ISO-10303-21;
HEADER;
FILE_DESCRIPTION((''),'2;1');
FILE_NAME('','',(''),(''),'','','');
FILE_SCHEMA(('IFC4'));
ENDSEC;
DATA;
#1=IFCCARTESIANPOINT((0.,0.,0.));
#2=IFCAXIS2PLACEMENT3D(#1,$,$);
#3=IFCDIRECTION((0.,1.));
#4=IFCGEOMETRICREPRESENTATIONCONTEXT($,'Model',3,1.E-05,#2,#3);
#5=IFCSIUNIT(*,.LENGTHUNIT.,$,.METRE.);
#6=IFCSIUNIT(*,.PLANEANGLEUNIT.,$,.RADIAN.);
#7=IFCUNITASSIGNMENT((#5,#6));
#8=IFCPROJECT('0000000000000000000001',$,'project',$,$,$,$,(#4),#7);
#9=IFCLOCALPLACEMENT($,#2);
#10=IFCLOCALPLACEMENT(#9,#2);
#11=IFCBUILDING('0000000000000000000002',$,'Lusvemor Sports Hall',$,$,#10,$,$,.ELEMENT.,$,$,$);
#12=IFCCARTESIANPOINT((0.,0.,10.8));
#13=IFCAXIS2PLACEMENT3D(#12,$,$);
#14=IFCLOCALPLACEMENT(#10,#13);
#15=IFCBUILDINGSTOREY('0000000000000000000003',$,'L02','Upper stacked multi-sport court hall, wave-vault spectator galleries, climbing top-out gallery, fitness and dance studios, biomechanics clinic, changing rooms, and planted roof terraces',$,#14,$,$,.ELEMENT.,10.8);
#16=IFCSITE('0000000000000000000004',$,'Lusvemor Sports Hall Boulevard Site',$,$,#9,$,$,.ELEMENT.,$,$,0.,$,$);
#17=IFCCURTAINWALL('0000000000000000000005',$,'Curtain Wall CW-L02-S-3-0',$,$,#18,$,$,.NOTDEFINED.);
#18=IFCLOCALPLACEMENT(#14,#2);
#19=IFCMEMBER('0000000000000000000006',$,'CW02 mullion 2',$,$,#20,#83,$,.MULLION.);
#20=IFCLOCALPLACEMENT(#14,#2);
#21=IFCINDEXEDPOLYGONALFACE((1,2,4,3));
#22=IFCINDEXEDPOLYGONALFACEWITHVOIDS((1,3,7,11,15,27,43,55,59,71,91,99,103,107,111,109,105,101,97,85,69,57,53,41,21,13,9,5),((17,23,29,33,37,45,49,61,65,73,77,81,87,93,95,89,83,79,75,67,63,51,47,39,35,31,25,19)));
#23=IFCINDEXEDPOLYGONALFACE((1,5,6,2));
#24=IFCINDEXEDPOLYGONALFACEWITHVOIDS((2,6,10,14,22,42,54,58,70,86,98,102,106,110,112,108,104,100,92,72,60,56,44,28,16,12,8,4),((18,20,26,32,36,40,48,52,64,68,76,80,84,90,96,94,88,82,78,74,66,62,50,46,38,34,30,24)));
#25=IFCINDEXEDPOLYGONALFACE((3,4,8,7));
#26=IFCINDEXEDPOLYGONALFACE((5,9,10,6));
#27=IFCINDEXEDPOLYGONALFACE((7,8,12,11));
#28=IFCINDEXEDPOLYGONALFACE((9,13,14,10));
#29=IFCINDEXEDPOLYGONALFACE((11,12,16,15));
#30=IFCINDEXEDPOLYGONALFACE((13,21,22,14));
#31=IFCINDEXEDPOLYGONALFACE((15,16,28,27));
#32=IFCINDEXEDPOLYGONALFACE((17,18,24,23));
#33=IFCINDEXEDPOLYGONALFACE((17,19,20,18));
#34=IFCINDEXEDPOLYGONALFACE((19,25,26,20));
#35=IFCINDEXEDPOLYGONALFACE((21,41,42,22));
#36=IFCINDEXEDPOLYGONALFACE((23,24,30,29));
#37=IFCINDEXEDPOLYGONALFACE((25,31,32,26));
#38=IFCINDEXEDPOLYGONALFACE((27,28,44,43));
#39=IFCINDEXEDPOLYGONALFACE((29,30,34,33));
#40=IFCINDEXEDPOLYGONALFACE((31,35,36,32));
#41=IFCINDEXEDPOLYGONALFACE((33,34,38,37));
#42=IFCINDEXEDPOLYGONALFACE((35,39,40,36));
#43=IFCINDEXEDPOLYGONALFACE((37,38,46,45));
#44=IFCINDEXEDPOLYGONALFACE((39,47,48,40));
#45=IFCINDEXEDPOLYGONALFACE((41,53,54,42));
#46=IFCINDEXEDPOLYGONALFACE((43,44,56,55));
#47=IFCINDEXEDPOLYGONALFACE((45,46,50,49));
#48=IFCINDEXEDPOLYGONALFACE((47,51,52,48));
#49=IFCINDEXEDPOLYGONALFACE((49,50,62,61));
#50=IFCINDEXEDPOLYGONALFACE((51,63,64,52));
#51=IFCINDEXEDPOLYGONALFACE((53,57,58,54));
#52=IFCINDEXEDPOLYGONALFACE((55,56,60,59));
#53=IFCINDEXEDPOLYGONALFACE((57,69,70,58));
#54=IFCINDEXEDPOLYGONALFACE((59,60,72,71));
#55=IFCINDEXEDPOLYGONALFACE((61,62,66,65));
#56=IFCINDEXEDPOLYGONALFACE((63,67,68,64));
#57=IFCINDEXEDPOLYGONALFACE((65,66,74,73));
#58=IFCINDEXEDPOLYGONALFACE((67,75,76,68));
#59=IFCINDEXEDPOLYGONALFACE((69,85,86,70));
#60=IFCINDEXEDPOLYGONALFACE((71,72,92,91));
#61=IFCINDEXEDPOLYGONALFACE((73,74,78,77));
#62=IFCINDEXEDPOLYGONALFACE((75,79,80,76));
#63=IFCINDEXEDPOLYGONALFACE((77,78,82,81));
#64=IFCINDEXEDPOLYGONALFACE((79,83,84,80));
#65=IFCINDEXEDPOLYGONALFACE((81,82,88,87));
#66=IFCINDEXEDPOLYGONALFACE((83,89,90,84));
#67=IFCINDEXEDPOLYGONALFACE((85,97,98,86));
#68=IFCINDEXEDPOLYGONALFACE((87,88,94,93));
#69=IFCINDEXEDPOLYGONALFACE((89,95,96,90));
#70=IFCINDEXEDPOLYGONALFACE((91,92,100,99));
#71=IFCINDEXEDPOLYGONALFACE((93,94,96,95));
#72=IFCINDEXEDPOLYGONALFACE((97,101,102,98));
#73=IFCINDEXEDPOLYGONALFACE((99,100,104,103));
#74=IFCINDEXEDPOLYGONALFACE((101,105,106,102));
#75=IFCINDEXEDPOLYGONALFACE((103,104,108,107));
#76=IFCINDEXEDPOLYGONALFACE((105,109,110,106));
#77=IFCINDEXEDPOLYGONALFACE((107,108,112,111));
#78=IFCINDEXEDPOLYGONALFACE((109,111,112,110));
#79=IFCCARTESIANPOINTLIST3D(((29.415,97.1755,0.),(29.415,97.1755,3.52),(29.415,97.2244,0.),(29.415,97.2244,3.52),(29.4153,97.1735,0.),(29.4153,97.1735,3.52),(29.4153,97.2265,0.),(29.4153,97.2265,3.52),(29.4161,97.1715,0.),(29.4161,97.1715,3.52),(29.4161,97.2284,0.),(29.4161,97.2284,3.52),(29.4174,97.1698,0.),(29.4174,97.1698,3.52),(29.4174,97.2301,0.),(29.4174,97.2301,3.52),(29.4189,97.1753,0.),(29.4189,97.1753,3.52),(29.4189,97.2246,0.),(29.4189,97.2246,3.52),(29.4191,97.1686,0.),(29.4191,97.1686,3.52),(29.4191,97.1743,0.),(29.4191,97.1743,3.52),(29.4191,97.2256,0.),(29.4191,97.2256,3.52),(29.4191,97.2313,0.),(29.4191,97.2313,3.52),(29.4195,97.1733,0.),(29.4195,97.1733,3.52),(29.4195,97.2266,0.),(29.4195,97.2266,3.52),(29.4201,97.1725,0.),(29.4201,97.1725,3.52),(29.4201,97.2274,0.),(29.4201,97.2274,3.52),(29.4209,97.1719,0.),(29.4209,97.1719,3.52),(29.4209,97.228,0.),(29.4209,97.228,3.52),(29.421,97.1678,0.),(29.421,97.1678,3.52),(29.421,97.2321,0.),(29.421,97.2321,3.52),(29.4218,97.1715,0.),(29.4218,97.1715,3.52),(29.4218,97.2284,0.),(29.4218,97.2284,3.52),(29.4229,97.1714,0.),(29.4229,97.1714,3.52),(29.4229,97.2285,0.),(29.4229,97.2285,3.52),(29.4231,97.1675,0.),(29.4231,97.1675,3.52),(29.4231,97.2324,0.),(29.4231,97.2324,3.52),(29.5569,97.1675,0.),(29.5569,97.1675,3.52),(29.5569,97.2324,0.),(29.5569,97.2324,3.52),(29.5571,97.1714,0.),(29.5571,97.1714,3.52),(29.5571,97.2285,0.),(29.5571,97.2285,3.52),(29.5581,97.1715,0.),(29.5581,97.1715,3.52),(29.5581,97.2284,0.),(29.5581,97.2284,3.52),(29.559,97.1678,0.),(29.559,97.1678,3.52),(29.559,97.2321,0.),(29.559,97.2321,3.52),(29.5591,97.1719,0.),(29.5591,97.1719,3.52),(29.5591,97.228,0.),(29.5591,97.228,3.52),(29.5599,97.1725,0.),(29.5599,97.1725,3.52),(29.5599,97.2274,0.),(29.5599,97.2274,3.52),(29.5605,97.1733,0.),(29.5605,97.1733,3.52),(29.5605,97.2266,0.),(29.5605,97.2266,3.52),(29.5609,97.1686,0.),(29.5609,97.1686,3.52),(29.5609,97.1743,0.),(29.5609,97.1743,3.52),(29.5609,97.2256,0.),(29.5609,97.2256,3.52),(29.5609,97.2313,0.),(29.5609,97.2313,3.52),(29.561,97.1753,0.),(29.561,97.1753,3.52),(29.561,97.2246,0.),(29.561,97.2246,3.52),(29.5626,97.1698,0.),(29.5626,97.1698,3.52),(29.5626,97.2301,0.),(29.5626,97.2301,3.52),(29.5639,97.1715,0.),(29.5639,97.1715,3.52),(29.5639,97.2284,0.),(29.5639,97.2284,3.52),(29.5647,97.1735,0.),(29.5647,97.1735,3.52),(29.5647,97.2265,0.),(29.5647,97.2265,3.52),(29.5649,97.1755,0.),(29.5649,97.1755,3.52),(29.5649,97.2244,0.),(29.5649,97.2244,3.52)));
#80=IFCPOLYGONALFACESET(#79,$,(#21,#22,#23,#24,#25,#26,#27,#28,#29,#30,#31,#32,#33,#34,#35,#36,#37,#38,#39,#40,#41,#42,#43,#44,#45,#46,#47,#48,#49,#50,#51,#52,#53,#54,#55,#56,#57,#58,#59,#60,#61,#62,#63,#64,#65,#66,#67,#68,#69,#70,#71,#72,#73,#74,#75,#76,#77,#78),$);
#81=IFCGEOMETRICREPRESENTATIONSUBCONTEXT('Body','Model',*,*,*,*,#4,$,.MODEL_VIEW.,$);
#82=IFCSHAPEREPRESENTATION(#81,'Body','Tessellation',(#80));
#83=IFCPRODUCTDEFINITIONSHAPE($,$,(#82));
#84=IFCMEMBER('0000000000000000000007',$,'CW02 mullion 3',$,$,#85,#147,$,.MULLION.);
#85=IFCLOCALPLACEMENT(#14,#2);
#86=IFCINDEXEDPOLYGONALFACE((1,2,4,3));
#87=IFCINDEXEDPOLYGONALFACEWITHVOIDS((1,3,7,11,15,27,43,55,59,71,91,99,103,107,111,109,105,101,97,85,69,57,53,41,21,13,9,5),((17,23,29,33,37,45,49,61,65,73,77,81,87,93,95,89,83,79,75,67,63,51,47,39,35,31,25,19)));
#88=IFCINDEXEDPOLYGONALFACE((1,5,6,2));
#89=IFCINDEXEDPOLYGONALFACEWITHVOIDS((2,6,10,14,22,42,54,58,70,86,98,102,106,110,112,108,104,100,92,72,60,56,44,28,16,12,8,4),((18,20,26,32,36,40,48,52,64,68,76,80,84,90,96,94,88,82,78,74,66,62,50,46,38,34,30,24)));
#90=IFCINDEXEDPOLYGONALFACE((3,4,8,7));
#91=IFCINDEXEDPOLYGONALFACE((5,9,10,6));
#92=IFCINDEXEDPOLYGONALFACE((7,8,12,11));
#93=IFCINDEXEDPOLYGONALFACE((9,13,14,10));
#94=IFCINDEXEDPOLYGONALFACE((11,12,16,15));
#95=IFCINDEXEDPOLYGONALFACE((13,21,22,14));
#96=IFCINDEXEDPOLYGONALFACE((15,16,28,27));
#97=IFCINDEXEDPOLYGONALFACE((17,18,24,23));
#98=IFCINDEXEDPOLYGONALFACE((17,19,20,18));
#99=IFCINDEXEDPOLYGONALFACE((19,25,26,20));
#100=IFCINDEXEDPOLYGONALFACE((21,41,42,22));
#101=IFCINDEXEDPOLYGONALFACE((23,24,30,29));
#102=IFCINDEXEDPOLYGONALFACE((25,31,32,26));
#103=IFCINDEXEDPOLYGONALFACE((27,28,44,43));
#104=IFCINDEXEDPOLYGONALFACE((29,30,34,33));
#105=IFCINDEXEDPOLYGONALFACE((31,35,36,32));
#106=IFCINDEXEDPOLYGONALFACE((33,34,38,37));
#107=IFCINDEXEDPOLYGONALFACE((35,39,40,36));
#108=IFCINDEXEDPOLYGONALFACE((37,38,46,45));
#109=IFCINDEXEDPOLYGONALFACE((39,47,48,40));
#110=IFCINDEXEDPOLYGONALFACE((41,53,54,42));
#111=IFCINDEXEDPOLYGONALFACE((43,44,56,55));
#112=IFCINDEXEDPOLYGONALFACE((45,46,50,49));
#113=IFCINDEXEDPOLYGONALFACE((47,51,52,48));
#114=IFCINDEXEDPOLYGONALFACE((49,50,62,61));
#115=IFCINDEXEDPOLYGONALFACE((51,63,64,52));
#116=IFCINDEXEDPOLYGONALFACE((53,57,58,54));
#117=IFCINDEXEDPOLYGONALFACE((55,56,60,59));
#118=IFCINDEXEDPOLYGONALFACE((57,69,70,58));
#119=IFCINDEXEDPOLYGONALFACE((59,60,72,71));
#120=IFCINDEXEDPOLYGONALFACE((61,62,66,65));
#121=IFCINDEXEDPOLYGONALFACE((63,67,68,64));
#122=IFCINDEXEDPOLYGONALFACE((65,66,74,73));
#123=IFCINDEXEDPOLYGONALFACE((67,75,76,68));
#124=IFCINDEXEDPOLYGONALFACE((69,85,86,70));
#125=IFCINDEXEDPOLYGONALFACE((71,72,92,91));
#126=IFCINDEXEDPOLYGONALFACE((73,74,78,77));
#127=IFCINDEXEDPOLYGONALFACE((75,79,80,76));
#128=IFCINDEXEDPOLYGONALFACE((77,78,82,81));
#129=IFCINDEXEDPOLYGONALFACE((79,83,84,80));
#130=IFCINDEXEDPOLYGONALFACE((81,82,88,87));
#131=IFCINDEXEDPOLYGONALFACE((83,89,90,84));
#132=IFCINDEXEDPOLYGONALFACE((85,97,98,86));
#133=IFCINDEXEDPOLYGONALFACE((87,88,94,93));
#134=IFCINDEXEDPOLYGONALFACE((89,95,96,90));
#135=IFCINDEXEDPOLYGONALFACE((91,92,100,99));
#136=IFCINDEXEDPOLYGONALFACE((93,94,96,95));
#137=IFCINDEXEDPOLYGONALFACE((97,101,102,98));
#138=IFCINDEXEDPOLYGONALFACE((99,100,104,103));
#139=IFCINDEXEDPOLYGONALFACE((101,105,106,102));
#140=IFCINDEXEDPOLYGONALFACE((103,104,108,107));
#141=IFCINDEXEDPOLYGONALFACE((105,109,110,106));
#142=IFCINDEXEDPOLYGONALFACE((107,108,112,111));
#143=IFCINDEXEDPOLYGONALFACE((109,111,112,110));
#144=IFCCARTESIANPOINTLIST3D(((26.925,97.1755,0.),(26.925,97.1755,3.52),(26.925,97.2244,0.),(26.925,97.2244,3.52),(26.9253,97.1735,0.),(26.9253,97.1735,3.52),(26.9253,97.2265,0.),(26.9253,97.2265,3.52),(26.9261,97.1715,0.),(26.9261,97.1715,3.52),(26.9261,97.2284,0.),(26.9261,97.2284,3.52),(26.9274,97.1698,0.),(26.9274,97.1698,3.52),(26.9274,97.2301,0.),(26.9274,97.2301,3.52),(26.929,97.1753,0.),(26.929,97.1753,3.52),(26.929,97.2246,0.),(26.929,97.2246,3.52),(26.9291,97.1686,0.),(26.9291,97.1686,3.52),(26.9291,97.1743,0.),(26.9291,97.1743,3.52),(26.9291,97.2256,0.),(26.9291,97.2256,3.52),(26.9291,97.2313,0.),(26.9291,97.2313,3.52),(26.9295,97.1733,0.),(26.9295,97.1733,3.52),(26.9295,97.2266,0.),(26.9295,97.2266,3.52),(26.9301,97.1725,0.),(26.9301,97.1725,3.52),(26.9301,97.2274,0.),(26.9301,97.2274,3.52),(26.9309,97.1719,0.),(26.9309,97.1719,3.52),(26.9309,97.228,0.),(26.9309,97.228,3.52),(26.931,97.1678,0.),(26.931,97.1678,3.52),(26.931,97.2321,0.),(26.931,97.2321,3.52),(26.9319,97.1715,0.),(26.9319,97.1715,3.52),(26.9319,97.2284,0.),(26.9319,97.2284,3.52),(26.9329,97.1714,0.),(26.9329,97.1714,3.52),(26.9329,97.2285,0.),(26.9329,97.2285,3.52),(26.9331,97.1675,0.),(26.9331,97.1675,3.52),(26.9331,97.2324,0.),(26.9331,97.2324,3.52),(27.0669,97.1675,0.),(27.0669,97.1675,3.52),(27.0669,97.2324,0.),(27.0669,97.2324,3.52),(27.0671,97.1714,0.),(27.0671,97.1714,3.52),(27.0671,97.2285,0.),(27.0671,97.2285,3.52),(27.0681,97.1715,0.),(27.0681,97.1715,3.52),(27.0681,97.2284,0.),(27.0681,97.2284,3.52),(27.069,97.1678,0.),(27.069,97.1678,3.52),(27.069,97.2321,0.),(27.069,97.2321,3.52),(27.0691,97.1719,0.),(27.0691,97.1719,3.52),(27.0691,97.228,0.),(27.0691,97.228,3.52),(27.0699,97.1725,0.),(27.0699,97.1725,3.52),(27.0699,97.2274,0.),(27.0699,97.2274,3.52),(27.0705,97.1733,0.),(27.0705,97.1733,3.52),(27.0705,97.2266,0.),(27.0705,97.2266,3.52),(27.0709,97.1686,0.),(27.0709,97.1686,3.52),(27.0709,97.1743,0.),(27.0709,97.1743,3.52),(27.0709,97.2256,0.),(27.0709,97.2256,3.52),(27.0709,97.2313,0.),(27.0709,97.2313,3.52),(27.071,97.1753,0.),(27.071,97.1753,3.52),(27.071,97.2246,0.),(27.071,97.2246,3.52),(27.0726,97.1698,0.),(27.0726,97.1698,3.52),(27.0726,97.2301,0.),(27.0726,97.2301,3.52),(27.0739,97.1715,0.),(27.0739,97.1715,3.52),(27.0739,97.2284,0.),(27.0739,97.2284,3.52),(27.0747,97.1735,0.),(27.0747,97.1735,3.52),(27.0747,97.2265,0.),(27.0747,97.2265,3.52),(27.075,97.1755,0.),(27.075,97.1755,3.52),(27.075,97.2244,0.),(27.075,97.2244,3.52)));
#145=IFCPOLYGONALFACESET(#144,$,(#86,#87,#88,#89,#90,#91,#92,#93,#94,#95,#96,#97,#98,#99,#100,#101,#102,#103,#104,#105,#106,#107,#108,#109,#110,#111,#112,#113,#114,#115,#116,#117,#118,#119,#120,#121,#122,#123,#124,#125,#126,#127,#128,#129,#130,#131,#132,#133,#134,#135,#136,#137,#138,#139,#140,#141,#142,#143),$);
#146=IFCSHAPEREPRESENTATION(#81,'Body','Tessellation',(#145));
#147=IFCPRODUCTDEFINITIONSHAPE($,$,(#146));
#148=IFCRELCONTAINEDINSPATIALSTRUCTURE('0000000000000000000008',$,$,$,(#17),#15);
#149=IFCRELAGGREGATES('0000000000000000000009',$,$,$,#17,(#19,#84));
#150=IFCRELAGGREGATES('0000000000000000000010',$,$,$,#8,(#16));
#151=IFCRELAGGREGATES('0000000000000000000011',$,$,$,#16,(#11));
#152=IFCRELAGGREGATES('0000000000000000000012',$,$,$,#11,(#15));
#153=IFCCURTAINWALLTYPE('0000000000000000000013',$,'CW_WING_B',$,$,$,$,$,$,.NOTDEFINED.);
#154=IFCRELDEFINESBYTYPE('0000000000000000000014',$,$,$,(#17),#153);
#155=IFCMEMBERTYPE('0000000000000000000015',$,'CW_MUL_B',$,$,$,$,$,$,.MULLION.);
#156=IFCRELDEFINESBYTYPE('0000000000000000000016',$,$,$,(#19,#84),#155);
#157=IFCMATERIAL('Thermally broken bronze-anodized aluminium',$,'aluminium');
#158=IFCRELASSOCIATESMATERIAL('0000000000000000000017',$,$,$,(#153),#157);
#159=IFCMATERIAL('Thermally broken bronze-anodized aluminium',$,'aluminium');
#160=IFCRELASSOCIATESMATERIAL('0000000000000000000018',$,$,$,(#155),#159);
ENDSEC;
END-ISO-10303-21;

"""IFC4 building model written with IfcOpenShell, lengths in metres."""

from ifc_helpers import new_model, si_unit, direction, frame, origin, origin_2d, place, context, subcontext, project, spatial, hollow_rectangle, extrude, material, material_profile, profile_set, type_object, element, aggregate, save


model = new_model("IFC4")

# Units and contexts
model_context = context("Model", 3, precision=1e-05, world=origin(), true_north=direction((0.0, 1.0)))
body_context = subcontext(model_context, "Body", "Model", "MODEL_VIEW")
ifc_project = project(units=[si_unit("LENGTHUNIT", "METRE"), si_unit("PLANEANGLEUNIT", "RADIAN")], contexts=[model_context])

# Site, building, storey
site_placement = place(None, origin())
site = spatial("IfcSite", under=ifc_project, at=site_placement, Name="Lusvemor Sports Hall Boulevard Site", CompositionType="ELEMENT", RefElevation=0.0)
building_placement = place(site_placement, origin())
building = spatial("IfcBuilding", under=site, at=building_placement, Name="Lusvemor Sports Hall", CompositionType="ELEMENT")
storey_placement = place(building_placement, frame((0.0, 0.0, 10.8)))
storey = spatial("IfcBuildingStorey", under=building, at=storey_placement, Name="L02", Description="Upper stacked multi-sport court hall, wave-vault spectator galleries, climbing top-out gallery, fitness and dance studios, biomechanics clinic, changing rooms, and planted roof terraces", CompositionType="ELEMENT", Elevation=10.8)

# Curtain wall, members
ifc_material_1 = material(Name="Thermally broken bronze-anodized aluminium", Category="aluminium")
curtain_wall_type = type_object("IfcCurtainWallType", Name="CW_WING_B", PredefinedType="NOTDEFINED", material=ifc_material_1)
curtain_wall_placement = place(storey_placement, origin())
curtain_wall = element("IfcCurtainWall", 1, at=curtain_wall_placement, inside=storey, type_object=curtain_wall_type, Name="Curtain Wall CW-L02-S-3-0", PredefinedType="NOTDEFINED")
ifc_material_2 = material(Name="Thermally broken bronze-anodized aluminium", Category="aluminium")
ifc_material_profile_1 = material_profile(ifc_material_2, hollow_rectangle(XDim=0.0649, YDim=0.1499, WallThickness=0.0039, InnerFilletRadius=0.0039, OuterFilletRadius=0.0081, at=origin_2d()), Name="CWMUL150x65x4")
ifc_profile_set_1 = profile_set([ifc_material_profile_1], Name="Thermally broken bronze-anodized aluminium")
member_type_1 = type_object("IfcMemberType", Name="CW_MUL_B", PredefinedType="MULLION", material=ifc_profile_set_1)
member_1_placement = place(storey_placement, frame((29.49, 97.2, 0.0), z_axis=(0.0, 0.0, 1.0), x_axis=(0.0, -1.0, 0.0)))
member_1 = element("IfcMember", 2, at=member_1_placement, type_object=member_type_1, Name="CW02 mullion 2", PredefinedType="MULLION", context=body_context, shape_type="SweptSolid", body=[
    extrude(hollow_rectangle(XDim=0.0649, YDim=0.1499, WallThickness=0.0039, InnerFilletRadius=0.0039, OuterFilletRadius=0.0081, at=origin_2d()), origin(), (0.0, 0.0, 1.0), 3.52),
])
member_2_placement = place(storey_placement, frame((27.0, 97.2, 0.0), z_axis=(0.0, 0.0, 1.0), x_axis=(0.0, -1.0, 0.0)))
member_2 = element("IfcMember", 3, at=member_2_placement, type_object=member_type_1, Name="CW02 mullion 3", PredefinedType="MULLION", context=body_context, shape_type="SweptSolid", body=[
    extrude(hollow_rectangle(XDim=0.0649, YDim=0.1499, WallThickness=0.0039, InnerFilletRadius=0.0039, OuterFilletRadius=0.0081, at=origin_2d()), origin(), (0.0, 0.0, 1.0), 3.52),
])

aggregate(curtain_wall, [member_1, member_2])

save(model, "model.ifc")
